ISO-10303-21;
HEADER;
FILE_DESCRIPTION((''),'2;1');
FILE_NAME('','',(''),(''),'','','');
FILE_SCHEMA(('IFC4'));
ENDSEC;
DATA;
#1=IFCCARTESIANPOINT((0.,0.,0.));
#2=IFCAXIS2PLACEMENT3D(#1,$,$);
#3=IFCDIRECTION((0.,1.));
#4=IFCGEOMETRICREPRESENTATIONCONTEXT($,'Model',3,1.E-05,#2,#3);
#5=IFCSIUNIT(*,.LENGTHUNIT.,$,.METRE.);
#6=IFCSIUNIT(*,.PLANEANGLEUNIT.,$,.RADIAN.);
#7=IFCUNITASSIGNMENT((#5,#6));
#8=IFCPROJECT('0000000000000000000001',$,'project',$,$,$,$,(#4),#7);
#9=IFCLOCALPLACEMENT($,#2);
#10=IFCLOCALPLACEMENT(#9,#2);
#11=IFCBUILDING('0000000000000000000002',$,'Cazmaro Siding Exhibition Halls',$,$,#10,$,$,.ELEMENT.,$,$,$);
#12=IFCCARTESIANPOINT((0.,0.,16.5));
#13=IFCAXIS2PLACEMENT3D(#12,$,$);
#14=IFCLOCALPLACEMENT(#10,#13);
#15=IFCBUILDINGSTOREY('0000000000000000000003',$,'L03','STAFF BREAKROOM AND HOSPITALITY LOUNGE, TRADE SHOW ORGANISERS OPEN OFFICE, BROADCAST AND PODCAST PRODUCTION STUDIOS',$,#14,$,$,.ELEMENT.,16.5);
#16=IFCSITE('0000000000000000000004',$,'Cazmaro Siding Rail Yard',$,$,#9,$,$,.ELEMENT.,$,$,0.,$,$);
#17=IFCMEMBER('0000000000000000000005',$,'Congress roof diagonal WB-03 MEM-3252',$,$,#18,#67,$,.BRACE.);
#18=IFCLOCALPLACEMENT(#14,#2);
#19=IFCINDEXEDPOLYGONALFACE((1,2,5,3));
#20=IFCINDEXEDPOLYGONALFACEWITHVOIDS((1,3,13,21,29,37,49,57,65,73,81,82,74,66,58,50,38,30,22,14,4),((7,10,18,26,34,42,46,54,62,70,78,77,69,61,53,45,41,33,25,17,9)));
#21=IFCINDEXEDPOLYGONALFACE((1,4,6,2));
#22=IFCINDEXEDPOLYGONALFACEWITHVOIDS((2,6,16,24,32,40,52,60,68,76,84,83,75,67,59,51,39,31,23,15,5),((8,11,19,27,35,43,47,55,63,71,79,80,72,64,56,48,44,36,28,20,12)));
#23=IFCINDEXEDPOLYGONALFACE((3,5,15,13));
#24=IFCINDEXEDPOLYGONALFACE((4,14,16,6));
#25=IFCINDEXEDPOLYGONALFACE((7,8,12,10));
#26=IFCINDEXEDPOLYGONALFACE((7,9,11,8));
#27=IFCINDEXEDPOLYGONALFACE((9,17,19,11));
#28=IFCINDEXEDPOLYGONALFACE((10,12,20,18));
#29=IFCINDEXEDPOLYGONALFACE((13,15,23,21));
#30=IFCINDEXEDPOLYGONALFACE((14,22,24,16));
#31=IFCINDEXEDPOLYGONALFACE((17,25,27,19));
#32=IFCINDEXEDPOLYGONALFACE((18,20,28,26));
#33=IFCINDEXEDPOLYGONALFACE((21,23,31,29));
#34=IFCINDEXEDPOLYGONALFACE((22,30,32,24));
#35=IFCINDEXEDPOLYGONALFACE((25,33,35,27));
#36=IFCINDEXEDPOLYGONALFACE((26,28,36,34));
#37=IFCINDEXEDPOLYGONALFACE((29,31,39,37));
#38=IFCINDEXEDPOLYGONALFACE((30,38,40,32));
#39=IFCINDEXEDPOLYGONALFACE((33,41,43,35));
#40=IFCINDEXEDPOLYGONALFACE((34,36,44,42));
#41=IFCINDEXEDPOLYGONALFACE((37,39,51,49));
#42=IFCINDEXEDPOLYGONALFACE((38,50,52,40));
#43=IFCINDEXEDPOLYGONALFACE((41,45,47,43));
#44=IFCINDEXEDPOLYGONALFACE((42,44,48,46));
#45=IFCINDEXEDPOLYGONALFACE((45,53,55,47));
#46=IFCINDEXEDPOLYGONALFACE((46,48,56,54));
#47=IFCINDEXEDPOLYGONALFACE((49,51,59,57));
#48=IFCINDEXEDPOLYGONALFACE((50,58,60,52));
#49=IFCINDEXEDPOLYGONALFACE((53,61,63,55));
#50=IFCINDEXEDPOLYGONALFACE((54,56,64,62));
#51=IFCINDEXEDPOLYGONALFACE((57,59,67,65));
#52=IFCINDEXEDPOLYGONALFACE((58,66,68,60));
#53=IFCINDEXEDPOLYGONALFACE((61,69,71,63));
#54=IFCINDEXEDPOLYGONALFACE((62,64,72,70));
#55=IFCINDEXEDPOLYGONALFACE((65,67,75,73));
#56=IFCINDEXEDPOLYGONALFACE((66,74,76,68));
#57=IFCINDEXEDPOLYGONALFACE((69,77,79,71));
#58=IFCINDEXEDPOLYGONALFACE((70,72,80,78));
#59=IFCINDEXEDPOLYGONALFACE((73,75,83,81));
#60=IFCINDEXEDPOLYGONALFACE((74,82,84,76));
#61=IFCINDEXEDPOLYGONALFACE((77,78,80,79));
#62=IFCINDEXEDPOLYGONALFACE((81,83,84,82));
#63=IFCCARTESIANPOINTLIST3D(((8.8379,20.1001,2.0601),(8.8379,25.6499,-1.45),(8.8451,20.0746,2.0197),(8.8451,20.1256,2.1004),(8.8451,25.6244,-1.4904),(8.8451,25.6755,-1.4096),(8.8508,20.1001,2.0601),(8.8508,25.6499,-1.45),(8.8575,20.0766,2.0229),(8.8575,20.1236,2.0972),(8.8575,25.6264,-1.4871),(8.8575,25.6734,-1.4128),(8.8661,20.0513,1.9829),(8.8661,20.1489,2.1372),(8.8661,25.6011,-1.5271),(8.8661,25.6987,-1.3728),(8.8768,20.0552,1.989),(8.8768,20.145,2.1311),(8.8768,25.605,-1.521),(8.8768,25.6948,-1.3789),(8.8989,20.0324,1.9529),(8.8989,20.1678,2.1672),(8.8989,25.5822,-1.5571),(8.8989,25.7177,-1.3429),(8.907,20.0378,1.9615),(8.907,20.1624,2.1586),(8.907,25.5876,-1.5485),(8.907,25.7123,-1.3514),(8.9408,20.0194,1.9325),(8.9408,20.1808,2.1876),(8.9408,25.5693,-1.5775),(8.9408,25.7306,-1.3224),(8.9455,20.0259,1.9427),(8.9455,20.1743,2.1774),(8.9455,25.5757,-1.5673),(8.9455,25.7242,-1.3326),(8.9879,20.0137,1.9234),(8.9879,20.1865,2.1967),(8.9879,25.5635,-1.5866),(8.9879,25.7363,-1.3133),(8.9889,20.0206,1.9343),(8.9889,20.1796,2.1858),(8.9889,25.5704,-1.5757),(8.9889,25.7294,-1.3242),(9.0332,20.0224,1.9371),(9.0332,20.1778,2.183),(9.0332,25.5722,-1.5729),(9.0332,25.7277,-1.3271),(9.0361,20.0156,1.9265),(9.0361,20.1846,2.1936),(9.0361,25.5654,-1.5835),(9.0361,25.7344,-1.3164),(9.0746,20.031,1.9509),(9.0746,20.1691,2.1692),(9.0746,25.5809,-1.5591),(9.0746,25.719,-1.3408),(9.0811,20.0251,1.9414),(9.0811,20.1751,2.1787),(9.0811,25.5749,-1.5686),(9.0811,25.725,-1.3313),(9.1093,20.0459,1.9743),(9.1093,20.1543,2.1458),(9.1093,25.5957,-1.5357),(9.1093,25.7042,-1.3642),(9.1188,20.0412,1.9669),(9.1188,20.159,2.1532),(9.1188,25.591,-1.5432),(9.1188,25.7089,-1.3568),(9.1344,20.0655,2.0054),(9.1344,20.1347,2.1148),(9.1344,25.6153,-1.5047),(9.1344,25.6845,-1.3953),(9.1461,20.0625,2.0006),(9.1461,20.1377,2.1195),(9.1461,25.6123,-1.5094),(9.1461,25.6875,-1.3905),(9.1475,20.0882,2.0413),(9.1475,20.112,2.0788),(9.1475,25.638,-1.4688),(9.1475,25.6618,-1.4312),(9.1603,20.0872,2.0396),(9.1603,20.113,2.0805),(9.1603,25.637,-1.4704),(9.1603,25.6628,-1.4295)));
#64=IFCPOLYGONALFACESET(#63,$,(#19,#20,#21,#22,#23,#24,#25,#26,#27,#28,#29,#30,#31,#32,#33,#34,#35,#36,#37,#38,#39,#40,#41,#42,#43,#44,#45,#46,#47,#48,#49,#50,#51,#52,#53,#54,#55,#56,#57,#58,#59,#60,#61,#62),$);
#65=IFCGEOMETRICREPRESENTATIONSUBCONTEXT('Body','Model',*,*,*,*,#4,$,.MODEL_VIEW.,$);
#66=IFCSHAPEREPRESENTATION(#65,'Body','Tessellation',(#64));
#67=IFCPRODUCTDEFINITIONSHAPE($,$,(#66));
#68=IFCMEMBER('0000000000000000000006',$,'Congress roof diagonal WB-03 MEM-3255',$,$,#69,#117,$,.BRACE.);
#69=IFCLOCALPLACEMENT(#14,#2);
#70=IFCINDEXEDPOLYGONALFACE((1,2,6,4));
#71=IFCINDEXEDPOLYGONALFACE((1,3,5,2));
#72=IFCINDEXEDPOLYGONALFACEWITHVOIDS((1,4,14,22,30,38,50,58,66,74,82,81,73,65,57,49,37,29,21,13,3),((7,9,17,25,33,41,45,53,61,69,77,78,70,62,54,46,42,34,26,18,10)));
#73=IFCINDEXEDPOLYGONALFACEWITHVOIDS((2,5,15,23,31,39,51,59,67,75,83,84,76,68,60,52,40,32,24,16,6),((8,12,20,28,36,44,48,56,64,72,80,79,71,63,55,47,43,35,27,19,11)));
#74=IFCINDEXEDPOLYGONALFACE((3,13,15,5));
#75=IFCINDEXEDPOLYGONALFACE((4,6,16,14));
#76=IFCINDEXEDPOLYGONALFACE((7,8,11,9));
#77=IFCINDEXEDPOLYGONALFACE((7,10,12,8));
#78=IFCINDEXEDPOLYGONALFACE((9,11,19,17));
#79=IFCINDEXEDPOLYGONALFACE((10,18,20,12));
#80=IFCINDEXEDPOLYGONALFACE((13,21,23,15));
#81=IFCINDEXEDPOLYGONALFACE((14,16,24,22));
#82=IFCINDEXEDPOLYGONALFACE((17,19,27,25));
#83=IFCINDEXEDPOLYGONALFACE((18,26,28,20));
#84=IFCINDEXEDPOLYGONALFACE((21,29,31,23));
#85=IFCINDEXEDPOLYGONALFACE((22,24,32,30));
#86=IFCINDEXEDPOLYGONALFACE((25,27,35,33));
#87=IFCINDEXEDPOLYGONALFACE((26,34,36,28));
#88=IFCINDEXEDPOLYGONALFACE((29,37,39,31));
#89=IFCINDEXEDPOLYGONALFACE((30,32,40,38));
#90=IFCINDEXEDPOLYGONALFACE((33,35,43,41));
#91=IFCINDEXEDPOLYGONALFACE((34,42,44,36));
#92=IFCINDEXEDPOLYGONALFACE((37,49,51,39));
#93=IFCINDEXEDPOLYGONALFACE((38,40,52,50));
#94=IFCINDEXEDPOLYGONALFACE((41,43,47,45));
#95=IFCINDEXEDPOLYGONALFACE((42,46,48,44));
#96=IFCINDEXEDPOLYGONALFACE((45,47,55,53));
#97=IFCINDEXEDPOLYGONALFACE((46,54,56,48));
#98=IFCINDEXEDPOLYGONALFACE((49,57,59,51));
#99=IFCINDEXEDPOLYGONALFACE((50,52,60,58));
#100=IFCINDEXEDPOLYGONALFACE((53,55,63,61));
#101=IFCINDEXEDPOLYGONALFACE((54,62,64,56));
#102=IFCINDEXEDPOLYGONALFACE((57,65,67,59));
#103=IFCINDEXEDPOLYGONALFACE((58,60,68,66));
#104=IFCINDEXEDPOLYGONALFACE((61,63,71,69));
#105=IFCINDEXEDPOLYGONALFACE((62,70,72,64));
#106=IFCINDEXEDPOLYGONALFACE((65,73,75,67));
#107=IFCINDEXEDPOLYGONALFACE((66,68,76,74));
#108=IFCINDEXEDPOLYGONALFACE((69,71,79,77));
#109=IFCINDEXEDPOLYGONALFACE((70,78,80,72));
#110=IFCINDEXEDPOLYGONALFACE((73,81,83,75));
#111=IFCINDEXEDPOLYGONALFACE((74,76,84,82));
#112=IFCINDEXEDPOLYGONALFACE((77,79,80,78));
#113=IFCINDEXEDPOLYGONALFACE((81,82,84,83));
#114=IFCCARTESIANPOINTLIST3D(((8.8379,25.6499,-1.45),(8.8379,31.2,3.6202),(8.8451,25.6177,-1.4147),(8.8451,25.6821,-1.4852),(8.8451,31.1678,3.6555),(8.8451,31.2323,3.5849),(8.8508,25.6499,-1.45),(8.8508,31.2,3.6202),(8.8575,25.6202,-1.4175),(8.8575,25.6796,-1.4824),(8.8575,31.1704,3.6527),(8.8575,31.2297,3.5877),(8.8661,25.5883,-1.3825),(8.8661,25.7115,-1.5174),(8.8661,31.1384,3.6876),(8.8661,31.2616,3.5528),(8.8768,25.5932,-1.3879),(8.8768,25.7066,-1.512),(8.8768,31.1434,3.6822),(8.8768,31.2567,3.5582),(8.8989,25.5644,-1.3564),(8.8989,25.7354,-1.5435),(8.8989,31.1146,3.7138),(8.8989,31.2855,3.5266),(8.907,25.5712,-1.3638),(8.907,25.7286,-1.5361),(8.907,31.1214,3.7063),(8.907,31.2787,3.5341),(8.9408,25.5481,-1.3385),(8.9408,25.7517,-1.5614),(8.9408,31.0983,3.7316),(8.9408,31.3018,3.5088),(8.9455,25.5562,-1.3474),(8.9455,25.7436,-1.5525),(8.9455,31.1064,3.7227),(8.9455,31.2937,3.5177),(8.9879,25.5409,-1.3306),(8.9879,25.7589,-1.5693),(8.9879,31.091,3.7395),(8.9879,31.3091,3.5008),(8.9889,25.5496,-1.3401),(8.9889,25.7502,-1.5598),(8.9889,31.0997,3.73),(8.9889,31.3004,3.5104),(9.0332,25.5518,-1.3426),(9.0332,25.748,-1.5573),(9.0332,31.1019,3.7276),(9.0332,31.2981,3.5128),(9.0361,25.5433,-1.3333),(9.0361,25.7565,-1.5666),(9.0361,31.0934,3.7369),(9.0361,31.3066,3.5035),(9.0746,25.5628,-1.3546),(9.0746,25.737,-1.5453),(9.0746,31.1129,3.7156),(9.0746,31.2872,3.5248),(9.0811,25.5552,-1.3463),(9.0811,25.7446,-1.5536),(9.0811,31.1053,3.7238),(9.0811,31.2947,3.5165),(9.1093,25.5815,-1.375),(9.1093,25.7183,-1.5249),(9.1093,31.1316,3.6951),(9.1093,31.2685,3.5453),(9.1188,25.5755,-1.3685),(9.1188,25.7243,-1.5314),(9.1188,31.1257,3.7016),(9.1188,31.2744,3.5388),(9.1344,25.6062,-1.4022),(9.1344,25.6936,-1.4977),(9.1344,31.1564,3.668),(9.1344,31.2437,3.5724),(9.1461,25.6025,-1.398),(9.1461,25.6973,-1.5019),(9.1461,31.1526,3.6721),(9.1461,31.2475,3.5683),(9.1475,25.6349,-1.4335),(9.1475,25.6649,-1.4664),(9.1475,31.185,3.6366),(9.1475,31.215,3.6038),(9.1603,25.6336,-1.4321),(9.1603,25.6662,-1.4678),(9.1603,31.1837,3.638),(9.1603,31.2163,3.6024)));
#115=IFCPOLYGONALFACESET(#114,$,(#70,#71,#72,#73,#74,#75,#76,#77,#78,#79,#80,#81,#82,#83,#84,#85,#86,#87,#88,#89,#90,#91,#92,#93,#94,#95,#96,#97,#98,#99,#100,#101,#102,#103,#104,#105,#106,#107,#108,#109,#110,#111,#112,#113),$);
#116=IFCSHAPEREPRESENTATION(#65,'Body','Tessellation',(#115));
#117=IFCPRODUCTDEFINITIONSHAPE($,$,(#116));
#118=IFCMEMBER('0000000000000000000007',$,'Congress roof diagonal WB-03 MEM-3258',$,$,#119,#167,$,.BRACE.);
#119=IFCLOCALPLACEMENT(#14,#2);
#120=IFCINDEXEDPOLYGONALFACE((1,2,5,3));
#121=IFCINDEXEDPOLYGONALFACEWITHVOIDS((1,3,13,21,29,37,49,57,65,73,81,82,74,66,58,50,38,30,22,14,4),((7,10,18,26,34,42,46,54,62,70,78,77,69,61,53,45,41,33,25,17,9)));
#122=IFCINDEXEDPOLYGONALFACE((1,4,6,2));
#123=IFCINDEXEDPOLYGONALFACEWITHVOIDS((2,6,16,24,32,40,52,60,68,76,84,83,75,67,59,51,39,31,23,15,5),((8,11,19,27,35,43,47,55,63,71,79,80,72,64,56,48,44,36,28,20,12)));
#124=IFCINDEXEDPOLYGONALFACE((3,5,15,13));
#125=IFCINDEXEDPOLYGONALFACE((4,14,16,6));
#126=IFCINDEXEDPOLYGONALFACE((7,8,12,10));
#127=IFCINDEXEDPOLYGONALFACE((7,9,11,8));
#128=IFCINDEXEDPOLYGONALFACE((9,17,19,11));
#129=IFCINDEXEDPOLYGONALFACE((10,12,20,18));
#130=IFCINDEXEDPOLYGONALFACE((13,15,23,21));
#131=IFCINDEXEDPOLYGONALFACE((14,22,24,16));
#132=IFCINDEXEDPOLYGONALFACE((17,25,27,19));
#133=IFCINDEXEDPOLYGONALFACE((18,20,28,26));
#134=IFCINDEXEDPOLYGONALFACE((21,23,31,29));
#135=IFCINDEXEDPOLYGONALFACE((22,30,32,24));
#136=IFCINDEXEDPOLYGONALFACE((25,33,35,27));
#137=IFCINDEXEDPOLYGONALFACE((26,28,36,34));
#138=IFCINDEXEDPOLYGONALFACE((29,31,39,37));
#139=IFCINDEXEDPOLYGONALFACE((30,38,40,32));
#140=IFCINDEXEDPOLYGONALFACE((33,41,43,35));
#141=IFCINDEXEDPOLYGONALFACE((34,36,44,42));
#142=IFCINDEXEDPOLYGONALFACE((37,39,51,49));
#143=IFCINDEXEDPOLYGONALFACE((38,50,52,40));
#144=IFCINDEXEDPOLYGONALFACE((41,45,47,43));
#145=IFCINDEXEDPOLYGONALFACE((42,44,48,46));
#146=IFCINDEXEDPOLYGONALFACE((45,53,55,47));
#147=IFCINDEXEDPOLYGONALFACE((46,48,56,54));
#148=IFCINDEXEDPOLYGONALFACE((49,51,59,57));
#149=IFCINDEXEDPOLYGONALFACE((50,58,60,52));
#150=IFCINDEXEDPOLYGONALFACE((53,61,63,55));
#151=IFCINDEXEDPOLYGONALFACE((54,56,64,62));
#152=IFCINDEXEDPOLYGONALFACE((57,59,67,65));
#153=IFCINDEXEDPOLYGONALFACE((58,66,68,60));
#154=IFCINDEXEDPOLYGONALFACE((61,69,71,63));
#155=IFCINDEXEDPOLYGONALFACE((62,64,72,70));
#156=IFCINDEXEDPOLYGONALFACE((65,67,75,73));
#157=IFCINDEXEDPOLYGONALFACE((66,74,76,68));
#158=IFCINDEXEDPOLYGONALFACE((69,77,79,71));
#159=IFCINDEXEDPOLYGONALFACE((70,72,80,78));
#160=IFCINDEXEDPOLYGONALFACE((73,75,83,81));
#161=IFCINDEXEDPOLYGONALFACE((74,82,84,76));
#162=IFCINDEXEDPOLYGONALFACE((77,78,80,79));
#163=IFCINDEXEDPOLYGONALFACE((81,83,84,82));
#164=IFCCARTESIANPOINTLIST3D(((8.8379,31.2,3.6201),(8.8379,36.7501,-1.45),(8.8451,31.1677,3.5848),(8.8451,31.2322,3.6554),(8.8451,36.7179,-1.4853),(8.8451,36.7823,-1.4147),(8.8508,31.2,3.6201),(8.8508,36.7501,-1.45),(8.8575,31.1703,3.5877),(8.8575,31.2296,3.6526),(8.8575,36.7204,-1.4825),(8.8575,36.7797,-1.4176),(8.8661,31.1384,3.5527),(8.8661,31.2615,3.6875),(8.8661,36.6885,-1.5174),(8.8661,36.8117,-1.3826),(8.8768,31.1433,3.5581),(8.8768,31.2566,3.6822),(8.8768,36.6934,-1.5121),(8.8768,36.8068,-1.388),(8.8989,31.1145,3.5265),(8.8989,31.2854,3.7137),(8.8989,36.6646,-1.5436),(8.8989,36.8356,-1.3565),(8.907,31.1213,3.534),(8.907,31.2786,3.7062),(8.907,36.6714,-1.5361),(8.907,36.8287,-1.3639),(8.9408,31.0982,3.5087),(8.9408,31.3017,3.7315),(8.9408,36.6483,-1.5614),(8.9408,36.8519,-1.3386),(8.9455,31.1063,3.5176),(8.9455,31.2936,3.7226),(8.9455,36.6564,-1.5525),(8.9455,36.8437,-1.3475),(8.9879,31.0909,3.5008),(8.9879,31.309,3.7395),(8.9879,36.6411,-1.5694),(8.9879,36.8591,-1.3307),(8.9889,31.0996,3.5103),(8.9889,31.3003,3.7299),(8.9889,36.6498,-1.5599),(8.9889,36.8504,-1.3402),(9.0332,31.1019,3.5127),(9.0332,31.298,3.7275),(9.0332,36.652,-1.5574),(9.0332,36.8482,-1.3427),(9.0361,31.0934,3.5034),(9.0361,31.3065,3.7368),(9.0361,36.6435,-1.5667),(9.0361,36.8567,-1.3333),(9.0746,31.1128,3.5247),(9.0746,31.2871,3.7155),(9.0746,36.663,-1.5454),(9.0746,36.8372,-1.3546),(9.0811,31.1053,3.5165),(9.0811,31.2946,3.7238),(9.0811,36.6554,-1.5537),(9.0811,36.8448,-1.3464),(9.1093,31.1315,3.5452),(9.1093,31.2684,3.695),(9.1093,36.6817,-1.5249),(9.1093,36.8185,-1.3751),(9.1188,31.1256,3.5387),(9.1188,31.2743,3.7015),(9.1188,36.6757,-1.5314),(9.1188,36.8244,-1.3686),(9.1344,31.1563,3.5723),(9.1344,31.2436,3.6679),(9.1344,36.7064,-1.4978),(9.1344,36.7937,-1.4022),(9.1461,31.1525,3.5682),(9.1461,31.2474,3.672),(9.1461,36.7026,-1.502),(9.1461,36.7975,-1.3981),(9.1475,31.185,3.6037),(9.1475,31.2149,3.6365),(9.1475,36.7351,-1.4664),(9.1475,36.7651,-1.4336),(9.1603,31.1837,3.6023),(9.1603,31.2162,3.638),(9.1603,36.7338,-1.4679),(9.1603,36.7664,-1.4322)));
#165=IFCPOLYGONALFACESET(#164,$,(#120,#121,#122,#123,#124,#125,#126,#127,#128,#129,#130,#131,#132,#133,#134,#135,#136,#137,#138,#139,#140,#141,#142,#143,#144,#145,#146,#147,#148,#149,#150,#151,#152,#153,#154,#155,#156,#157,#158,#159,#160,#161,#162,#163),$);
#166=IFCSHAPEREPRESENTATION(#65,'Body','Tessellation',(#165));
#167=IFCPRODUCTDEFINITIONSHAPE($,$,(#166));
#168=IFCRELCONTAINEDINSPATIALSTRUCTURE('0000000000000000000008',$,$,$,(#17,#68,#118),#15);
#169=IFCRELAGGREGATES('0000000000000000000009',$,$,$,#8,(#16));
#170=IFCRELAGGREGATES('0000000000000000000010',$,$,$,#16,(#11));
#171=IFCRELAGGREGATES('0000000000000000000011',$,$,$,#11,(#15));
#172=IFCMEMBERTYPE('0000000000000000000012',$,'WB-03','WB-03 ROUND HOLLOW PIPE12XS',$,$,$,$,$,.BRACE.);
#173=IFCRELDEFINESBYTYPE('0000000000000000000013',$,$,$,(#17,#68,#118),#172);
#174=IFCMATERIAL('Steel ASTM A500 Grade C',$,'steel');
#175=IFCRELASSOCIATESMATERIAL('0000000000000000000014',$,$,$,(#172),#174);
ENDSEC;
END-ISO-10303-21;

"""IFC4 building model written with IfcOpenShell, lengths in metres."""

from ifc_helpers import new_model, si_unit, direction, frame, origin, origin_2d, place, context, subcontext, project, spatial, hollow_circle, extrude, material, material_profile, profile_set, type_object, element, save


model = new_model("IFC4")

# Units and contexts
model_context = context("Model", 3, precision=1e-05, world=origin(), true_north=direction((0.0, 1.0)))
body_context = subcontext(model_context, "Body", "Model", "MODEL_VIEW")
ifc_project = project(units=[si_unit("LENGTHUNIT", "METRE"), si_unit("PLANEANGLEUNIT", "RADIAN")], contexts=[model_context])

# Site, building, storey
site_placement = place(None, origin())
site = spatial("IfcSite", under=ifc_project, at=site_placement, Name="Cazmaro Siding Rail Yard", CompositionType="ELEMENT", RefElevation=0.0)
building_placement = place(site_placement, origin())
building = spatial("IfcBuilding", under=site, at=building_placement, Name="Cazmaro Siding Exhibition Halls", CompositionType="ELEMENT")
storey_placement = place(building_placement, frame((0.0, 0.0, 16.5)))
storey = spatial("IfcBuildingStorey", under=building, at=storey_placement, Name="L03", Description="STAFF BREAKROOM AND HOSPITALITY LOUNGE, TRADE SHOW ORGANISERS OPEN OFFICE, BROADCAST AND PODCAST PRODUCTION STUDIOS", CompositionType="ELEMENT", Elevation=16.5)

# Members
ifc_material_1 = material(Name="Steel ASTM A500 Grade C", Category="steel")
ifc_material_profile_1 = material_profile(ifc_material_1, hollow_circle(Radius=0.1621, WallThickness=0.0129, at=origin_2d()), Name="PIPE12XS")
ifc_profile_set_1 = profile_set([ifc_material_profile_1], Name="Steel ASTM A500 Grade C")
member_type_1 = type_object("IfcMemberType", Name="WB-03", Description="WB-03 ROUND HOLLOW PIPE12XS", PredefinedType="BRACE", material=ifc_profile_set_1)
member_1_placement = place(storey_placement, frame((9.0, 20.1001, 2.0601), z_axis=(0.0, 0.845154, -0.534523), x_axis=(-1.0, 0.0, 0.0)))
element("IfcMember", 1, at=member_1_placement, inside=storey, type_object=member_type_1, Name="Congress roof diagonal WB-03 MEM-3252", PredefinedType="BRACE", context=body_context, shape_type="SweptSolid", body=[
    extrude(hollow_circle(Radius=0.1621, WallThickness=0.0129, at=origin_2d()), origin(), (0.0, 0.0, 1.0), 6.5667),
])
for number, where, z_axis, x_axis, name in (
    (2, (9.0, 25.6499, -1.45), (0.0, 0.738311, 0.67446), (-1.0, 0.0, 0.0), "Congress roof diagonal WB-03 MEM-3255"),
    (3, (9.0, 31.2, 3.6201), (0.0, 0.738311, -0.67446), (-1.0, 0.0, 0.0), "Congress roof diagonal WB-03 MEM-3258"),
):
    element("IfcMember", number, at=place(storey_placement, frame(where, z_axis=z_axis, x_axis=x_axis)), inside=storey, type_object=member_type_1, Name=name, PredefinedType="BRACE", context=body_context, shape_type="SweptSolid", body=[
        extrude(hollow_circle(Radius=0.1621, WallThickness=0.0129, at=origin_2d()), origin(), (0.0, 0.0, 1.0), 7.5173),
    ])

save(model, "model.ifc")
